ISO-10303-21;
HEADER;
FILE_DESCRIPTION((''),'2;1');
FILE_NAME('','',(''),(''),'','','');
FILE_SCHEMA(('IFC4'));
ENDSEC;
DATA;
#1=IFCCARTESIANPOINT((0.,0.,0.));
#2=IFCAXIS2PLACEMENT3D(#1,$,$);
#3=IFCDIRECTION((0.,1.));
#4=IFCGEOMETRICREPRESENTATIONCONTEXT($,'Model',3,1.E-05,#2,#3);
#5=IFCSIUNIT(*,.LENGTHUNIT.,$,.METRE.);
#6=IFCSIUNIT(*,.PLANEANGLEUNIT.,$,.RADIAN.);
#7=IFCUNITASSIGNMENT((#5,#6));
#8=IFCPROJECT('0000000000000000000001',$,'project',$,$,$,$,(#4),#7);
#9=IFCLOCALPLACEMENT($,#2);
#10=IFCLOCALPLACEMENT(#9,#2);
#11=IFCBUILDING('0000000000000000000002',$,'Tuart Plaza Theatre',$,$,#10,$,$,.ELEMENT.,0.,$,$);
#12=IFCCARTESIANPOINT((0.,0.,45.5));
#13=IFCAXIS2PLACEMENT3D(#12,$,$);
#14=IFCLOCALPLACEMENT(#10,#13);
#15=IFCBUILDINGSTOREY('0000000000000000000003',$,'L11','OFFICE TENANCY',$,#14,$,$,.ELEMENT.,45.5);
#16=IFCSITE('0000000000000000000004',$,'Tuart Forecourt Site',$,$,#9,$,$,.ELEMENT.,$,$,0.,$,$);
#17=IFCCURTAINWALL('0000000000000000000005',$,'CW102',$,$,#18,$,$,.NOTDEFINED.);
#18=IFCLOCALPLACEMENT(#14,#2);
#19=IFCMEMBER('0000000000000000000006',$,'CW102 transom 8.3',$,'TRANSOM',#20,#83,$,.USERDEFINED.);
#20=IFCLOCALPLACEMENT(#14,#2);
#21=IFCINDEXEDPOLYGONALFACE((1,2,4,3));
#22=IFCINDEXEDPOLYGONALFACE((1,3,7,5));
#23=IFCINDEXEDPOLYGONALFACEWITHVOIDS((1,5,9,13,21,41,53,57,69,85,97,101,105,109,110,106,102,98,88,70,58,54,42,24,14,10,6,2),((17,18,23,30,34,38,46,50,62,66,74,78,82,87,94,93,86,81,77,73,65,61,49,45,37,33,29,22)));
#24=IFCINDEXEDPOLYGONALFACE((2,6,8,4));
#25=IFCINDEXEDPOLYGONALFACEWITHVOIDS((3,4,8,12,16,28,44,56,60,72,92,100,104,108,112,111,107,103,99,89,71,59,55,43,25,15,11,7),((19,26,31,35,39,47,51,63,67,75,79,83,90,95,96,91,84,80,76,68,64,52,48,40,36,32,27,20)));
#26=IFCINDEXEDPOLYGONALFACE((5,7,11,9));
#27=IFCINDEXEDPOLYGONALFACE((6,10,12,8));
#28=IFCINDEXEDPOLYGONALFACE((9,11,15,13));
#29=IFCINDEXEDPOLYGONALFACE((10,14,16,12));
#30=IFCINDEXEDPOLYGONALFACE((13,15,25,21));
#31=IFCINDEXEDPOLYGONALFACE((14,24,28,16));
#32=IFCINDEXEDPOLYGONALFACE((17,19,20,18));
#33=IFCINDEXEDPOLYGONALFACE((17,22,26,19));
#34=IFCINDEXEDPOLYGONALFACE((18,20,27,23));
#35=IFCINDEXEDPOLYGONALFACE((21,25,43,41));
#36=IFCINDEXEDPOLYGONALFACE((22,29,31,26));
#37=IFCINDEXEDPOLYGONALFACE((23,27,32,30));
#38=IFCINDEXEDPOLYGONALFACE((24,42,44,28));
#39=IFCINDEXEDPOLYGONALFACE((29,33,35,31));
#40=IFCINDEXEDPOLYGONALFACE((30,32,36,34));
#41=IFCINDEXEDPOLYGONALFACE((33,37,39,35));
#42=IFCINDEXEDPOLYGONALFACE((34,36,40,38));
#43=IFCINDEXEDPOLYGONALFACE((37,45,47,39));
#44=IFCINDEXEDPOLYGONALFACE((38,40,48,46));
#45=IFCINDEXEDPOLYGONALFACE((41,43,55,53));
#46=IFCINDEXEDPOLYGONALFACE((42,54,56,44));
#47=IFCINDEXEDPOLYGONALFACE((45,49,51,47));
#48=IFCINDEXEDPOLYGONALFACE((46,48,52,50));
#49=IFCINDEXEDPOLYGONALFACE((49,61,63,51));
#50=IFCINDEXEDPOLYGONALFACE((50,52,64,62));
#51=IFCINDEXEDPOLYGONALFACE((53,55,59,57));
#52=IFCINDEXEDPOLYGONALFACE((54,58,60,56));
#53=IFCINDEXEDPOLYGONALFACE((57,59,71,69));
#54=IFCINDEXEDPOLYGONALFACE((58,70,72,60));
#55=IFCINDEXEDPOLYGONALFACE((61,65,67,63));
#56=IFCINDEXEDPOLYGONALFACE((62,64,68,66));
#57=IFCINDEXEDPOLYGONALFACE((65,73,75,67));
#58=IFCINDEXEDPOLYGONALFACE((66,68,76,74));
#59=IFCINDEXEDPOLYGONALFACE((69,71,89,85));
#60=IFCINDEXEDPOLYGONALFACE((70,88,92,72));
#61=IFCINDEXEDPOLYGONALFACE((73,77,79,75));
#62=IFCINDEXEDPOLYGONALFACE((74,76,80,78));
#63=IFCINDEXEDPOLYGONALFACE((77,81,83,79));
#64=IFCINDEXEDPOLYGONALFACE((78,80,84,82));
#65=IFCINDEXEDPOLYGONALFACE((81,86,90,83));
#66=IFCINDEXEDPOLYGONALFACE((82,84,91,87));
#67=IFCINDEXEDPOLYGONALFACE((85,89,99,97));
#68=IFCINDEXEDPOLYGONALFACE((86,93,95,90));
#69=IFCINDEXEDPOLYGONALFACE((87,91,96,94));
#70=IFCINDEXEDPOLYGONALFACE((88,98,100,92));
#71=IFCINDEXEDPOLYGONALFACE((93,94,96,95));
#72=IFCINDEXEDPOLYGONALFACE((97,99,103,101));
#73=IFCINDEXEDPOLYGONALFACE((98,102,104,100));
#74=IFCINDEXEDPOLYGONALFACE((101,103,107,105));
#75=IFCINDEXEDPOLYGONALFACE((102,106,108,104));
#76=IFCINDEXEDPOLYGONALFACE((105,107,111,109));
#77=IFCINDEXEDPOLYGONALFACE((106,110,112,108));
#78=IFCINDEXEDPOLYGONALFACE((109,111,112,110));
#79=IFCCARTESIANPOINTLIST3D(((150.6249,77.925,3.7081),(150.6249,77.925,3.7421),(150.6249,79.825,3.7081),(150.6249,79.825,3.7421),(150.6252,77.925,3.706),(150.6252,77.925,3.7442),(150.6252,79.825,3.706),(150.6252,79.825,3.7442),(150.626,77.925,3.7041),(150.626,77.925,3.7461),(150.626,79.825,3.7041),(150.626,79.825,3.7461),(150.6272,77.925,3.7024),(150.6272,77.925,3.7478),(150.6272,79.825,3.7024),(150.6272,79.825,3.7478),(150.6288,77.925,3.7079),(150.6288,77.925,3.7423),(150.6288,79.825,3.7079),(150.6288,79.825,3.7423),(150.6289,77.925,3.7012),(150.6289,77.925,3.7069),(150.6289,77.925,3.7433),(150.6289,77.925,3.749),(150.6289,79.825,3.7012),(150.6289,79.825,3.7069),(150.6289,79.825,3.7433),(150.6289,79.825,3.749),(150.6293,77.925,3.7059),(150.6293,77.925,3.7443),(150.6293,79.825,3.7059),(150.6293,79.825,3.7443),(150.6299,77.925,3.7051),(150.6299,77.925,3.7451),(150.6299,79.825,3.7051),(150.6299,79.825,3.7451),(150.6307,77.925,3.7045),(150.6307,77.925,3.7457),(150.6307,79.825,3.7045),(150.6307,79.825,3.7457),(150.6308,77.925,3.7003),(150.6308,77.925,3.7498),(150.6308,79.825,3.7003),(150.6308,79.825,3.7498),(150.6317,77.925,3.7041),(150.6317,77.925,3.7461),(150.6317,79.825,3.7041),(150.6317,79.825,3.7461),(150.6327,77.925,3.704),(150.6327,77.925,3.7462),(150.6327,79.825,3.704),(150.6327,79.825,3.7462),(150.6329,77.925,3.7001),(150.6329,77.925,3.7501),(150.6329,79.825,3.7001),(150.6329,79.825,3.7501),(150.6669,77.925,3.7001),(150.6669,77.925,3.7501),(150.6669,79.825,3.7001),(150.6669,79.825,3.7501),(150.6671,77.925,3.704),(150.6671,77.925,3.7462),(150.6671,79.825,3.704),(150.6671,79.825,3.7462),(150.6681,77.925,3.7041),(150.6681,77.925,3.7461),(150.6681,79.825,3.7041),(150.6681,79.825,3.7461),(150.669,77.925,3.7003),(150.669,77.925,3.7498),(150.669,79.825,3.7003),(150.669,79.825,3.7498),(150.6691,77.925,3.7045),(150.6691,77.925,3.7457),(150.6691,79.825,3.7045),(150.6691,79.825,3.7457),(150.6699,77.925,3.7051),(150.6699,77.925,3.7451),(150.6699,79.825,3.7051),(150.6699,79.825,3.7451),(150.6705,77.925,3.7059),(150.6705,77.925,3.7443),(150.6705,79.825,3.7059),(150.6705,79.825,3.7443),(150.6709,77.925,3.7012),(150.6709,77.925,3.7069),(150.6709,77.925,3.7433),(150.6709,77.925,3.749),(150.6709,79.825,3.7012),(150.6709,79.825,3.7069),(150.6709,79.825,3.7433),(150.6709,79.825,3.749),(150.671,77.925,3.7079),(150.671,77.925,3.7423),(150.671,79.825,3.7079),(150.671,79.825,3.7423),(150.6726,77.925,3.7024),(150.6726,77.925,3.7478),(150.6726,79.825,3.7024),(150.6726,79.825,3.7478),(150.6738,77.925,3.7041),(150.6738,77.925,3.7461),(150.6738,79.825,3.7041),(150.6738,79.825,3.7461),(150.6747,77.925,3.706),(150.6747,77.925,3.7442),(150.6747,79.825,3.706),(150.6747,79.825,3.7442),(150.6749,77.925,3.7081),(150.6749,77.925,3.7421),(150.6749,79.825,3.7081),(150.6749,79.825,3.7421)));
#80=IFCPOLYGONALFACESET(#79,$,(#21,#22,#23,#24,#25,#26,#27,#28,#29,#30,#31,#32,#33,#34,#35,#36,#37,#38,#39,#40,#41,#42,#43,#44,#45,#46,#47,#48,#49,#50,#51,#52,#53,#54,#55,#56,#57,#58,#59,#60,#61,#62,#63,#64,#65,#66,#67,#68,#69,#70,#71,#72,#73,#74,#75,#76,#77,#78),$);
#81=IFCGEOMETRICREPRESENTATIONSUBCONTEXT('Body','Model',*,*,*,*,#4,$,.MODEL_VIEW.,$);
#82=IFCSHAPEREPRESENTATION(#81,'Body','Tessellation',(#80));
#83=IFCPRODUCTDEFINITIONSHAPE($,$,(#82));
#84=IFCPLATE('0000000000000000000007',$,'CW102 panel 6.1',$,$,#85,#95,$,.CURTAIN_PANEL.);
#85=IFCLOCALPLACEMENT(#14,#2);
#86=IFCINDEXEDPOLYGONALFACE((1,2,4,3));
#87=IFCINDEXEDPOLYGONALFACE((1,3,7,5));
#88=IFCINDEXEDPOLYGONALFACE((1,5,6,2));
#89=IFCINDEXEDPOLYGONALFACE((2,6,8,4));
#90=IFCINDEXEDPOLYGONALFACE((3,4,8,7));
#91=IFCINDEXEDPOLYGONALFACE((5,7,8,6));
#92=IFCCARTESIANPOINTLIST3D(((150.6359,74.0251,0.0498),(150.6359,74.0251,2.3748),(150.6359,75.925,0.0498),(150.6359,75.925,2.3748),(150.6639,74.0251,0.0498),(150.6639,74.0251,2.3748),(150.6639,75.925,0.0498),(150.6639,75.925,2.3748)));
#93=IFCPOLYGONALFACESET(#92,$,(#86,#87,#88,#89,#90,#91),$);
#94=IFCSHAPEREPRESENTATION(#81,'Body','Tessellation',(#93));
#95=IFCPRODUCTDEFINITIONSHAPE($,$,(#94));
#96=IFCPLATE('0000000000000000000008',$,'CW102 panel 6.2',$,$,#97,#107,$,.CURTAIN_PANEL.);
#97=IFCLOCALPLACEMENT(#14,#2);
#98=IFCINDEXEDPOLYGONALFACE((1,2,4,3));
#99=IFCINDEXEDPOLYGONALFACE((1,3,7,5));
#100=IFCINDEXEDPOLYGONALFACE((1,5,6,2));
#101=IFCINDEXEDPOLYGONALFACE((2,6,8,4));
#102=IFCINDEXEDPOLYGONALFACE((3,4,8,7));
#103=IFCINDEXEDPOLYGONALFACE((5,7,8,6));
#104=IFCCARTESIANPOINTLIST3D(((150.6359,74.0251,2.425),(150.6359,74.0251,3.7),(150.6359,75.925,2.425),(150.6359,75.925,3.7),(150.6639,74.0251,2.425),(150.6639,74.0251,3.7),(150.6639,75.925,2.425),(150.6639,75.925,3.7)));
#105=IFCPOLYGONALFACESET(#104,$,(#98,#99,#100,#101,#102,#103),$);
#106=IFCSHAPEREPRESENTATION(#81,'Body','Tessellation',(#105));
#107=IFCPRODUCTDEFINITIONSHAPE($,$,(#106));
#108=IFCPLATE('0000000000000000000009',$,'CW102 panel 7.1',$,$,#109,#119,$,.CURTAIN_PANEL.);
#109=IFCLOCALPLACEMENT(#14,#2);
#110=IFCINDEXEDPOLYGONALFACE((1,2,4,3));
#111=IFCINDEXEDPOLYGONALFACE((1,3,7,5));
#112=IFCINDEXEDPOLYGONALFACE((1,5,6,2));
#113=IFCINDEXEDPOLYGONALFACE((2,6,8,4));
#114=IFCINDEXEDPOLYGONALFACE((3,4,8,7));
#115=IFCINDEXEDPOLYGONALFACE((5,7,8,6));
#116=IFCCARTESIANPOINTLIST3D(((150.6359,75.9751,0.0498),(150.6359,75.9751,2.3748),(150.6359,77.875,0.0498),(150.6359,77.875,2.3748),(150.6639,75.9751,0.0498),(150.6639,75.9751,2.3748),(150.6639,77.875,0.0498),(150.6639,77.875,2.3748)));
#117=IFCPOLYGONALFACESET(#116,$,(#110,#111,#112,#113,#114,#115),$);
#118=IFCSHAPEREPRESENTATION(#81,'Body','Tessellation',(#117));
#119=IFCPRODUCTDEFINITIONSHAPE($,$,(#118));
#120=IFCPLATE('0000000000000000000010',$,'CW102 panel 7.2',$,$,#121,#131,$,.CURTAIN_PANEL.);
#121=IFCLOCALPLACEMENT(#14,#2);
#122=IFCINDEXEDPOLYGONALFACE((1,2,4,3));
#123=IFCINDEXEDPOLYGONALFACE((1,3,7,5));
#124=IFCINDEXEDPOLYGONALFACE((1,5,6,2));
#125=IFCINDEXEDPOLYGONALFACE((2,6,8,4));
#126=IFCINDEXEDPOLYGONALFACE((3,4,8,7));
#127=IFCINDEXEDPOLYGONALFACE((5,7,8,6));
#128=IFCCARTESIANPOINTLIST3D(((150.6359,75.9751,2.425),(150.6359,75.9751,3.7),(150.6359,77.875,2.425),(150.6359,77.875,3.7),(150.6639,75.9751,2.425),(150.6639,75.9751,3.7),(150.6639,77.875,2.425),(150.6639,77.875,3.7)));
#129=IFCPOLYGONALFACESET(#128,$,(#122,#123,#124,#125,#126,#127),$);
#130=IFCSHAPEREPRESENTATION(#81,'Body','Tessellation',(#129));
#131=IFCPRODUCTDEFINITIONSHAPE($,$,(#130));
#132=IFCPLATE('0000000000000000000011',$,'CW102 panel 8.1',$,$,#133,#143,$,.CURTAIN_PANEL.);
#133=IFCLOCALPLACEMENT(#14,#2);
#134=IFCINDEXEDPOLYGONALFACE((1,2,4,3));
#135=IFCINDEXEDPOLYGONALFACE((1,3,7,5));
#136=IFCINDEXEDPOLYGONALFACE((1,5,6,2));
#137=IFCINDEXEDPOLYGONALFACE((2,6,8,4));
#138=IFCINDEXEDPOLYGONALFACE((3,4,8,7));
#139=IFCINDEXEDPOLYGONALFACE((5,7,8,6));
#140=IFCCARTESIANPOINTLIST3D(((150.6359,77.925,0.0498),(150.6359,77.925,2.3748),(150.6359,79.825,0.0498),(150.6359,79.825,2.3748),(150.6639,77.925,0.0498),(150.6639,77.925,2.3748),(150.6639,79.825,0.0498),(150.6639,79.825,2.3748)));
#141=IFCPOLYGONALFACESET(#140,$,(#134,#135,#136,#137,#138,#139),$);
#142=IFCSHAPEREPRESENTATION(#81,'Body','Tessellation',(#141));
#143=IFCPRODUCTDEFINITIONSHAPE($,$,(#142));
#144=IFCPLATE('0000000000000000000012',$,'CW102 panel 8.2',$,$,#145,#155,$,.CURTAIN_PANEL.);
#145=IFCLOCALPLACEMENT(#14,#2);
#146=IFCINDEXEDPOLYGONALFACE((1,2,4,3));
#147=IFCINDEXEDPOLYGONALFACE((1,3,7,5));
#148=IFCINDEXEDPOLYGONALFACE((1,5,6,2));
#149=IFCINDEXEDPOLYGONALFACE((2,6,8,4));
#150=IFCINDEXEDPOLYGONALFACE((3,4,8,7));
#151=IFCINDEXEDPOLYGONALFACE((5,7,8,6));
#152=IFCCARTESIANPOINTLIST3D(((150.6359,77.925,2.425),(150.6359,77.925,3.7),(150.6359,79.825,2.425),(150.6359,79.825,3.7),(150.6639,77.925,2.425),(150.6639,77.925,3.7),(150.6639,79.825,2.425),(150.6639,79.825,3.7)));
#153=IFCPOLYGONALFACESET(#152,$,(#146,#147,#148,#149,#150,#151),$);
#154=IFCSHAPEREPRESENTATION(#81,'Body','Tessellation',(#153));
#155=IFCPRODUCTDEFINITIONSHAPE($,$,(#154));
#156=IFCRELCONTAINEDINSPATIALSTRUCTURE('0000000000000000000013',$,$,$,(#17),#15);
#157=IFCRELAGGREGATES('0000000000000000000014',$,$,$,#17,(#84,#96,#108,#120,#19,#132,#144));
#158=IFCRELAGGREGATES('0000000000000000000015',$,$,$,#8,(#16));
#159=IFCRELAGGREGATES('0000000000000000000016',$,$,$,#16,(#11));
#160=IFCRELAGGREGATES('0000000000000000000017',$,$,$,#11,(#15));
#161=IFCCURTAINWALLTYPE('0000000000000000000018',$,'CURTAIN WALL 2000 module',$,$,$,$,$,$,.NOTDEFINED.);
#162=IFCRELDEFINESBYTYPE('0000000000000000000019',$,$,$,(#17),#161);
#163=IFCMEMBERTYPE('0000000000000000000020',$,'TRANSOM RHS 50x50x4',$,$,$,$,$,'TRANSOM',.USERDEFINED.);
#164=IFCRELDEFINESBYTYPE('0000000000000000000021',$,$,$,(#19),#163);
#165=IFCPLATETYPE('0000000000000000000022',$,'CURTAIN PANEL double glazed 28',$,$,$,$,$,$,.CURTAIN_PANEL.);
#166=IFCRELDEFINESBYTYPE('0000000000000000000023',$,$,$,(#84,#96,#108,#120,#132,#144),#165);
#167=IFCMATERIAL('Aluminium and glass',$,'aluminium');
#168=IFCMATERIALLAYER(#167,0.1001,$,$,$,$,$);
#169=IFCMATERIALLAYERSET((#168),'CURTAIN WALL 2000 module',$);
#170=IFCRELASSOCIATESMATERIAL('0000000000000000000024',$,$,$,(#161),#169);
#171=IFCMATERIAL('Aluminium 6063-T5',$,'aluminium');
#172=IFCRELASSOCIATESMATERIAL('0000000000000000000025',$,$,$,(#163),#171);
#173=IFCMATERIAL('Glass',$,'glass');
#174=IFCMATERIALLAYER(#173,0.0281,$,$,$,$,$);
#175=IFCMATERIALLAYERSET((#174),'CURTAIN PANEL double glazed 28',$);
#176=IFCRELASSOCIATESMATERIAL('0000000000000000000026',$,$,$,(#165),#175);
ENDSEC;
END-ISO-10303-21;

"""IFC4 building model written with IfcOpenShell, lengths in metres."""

from ifc_helpers import new_model, si_unit, direction, frame, origin, origin_2d, place, context, subcontext, project, spatial, rectangle, hollow_rectangle, extrude, material, layer, layer_set, material_profile, profile_set, type_object, element, aggregate, save


model = new_model("IFC4")

# Units and contexts
model_context = context("Model", 3, precision=1e-05, world=origin(), true_north=direction((0.0, 1.0)))
body_context = subcontext(model_context, "Body", "Model", "MODEL_VIEW")
ifc_project = project(units=[si_unit("LENGTHUNIT", "METRE"), si_unit("PLANEANGLEUNIT", "RADIAN")], contexts=[model_context])

# Site, building, storey
site_placement = place(None, origin())
site = spatial("IfcSite", under=ifc_project, at=site_placement, Name="Tuart Forecourt Site", CompositionType="ELEMENT", RefElevation=0.0)
building_placement = place(site_placement, origin())
building = spatial("IfcBuilding", under=site, at=building_placement, Name="Tuart Plaza Theatre", CompositionType="ELEMENT", ElevationOfRefHeight=0.0)
storey_placement = place(building_placement, frame((0.0, 0.0, 45.5)))
storey = spatial("IfcBuildingStorey", under=building, at=storey_placement, Name="L11", Description="OFFICE TENANCY", CompositionType="ELEMENT", Elevation=45.5)

# Curtain wall, member, plates
ifc_material_1 = material(Name="Aluminium and glass", Category="aluminium")
ifc_layer_1 = layer(ifc_material_1, 0.1001)
ifc_layer_set_1 = layer_set([ifc_layer_1], Name="CURTAIN WALL 2000 module")
curtain_wall_type = type_object("IfcCurtainWallType", Name="CURTAIN WALL 2000 module", PredefinedType="NOTDEFINED", material=ifc_layer_set_1)
curtain_wall_placement = place(storey_placement, origin())
curtain_wall = element("IfcCurtainWall", 1, at=curtain_wall_placement, inside=storey, type_object=curtain_wall_type, Name="CW102", PredefinedType="NOTDEFINED")
ifc_material_2 = material(Name="Aluminium 6063-T5", Category="aluminium")
ifc_material_profile_1 = material_profile(ifc_material_2, hollow_rectangle(XDim=0.05, YDim=0.05, WallThickness=0.0039, InnerFilletRadius=0.0039, OuterFilletRadius=0.0081, at=origin_2d()), Name="RHS 50x50x4")
ifc_profile_set_1 = profile_set([ifc_material_profile_1], Name="Aluminium 6063-T5")
member_type_1 = type_object("IfcMemberType", Name="TRANSOM RHS 50x50x4", ElementType="TRANSOM", PredefinedType="USERDEFINED", material=ifc_profile_set_1)
member_1_placement = place(storey_placement, frame((150.6499, 77.925, 3.7251), z_axis=(0.0, 1.0, 0.0), x_axis=(-1.0, 0.0, 0.0)))
member_1 = element("IfcMember", 2, at=member_1_placement, type_object=member_type_1, Name="CW102 transom 8.3", ObjectType="TRANSOM", PredefinedType="USERDEFINED", context=body_context, shape_type="SweptSolid", body=[
    extrude(hollow_rectangle(XDim=0.05, YDim=0.05, WallThickness=0.0039, InnerFilletRadius=0.0039, OuterFilletRadius=0.0081, at=origin_2d()), origin(), (0.0, 0.0, 1.0), 1.8999),
])
ifc_material_3 = material(Name="Glass", Category="glass")
ifc_layer_2 = layer(ifc_material_3, 0.0281)
ifc_layer_set_2 = layer_set([ifc_layer_2], Name="CURTAIN PANEL double glazed 28")
plate_type = type_object("IfcPlateType", Name="CURTAIN PANEL double glazed 28", PredefinedType="CURTAIN_PANEL", material=ifc_layer_set_2)
plate_1_placement = place(storey_placement, frame((150.6499, 74.9751, 0.0498), z_axis=(0.0, 0.0, 1.0), x_axis=(0.0, 1.0, 0.0)))
plate_1 = element("IfcPlate", 3, at=plate_1_placement, type_object=plate_type, Name="CW102 panel 6.1", PredefinedType="CURTAIN_PANEL", context=body_context, shape_type="SweptSolid", body=[
    extrude(rectangle(XDim=1.8999, YDim=0.0281, at=origin_2d()), origin(), (0.0, 0.0, 1.0), 2.325),
])
plate_2_placement = place(storey_placement, frame((150.6499, 74.9751, 2.425), z_axis=(0.0, 0.0, 1.0), x_axis=(0.0, 1.0, 0.0)))
plate_2 = element("IfcPlate", 4, at=plate_2_placement, type_object=plate_type, Name="CW102 panel 6.2", PredefinedType="CURTAIN_PANEL", context=body_context, shape_type="SweptSolid", body=[
    extrude(rectangle(XDim=1.8999, YDim=0.0281, at=origin_2d()), origin(), (0.0, 0.0, 1.0), 1.2749),
])
plate_3_placement = place(storey_placement, frame((150.6499, 76.925, 0.0498), z_axis=(0.0, 0.0, 1.0), x_axis=(0.0, 1.0, 0.0)))
plate_3 = element("IfcPlate", 5, at=plate_3_placement, type_object=plate_type, Name="CW102 panel 7.1", PredefinedType="CURTAIN_PANEL", context=body_context, shape_type="SweptSolid", body=[
    extrude(rectangle(XDim=1.8999, YDim=0.0281, at=origin_2d()), origin(), (0.0, 0.0, 1.0), 2.325),
])
plate_4_placement = place(storey_placement, frame((150.6499, 76.925, 2.425), z_axis=(0.0, 0.0, 1.0), x_axis=(0.0, 1.0, 0.0)))
plate_4 = element("IfcPlate", 6, at=plate_4_placement, type_object=plate_type, Name="CW102 panel 7.2", PredefinedType="CURTAIN_PANEL", context=body_context, shape_type="SweptSolid", body=[
    extrude(rectangle(XDim=1.8999, YDim=0.0281, at=origin_2d()), origin(), (0.0, 0.0, 1.0), 1.2749),
])
plate_5_placement = place(storey_placement, frame((150.6499, 78.875, 0.0498), z_axis=(0.0, 0.0, 1.0), x_axis=(0.0, 1.0, 0.0)))
plate_5 = element("IfcPlate", 7, at=plate_5_placement, type_object=plate_type, Name="CW102 panel 8.1", PredefinedType="CURTAIN_PANEL", context=body_context, shape_type="SweptSolid", body=[
    extrude(rectangle(XDim=1.8999, YDim=0.0281, at=origin_2d()), origin(), (0.0, 0.0, 1.0), 2.325),
])
plate_6_placement = place(storey_placement, frame((150.6499, 78.875, 2.425), z_axis=(0.0, 0.0, 1.0), x_axis=(0.0, 1.0, 0.0)))
plate_6 = element("IfcPlate", 8, at=plate_6_placement, type_object=plate_type, Name="CW102 panel 8.2", PredefinedType="CURTAIN_PANEL", context=body_context, shape_type="SweptSolid", body=[
    extrude(rectangle(XDim=1.8999, YDim=0.0281, at=origin_2d()), origin(), (0.0, 0.0, 1.0), 1.2749),
])
aggregate(curtain_wall, [plate_1, plate_2, plate_3, plate_4, member_1, plate_5, plate_6])

save(model, "model.ifc")
